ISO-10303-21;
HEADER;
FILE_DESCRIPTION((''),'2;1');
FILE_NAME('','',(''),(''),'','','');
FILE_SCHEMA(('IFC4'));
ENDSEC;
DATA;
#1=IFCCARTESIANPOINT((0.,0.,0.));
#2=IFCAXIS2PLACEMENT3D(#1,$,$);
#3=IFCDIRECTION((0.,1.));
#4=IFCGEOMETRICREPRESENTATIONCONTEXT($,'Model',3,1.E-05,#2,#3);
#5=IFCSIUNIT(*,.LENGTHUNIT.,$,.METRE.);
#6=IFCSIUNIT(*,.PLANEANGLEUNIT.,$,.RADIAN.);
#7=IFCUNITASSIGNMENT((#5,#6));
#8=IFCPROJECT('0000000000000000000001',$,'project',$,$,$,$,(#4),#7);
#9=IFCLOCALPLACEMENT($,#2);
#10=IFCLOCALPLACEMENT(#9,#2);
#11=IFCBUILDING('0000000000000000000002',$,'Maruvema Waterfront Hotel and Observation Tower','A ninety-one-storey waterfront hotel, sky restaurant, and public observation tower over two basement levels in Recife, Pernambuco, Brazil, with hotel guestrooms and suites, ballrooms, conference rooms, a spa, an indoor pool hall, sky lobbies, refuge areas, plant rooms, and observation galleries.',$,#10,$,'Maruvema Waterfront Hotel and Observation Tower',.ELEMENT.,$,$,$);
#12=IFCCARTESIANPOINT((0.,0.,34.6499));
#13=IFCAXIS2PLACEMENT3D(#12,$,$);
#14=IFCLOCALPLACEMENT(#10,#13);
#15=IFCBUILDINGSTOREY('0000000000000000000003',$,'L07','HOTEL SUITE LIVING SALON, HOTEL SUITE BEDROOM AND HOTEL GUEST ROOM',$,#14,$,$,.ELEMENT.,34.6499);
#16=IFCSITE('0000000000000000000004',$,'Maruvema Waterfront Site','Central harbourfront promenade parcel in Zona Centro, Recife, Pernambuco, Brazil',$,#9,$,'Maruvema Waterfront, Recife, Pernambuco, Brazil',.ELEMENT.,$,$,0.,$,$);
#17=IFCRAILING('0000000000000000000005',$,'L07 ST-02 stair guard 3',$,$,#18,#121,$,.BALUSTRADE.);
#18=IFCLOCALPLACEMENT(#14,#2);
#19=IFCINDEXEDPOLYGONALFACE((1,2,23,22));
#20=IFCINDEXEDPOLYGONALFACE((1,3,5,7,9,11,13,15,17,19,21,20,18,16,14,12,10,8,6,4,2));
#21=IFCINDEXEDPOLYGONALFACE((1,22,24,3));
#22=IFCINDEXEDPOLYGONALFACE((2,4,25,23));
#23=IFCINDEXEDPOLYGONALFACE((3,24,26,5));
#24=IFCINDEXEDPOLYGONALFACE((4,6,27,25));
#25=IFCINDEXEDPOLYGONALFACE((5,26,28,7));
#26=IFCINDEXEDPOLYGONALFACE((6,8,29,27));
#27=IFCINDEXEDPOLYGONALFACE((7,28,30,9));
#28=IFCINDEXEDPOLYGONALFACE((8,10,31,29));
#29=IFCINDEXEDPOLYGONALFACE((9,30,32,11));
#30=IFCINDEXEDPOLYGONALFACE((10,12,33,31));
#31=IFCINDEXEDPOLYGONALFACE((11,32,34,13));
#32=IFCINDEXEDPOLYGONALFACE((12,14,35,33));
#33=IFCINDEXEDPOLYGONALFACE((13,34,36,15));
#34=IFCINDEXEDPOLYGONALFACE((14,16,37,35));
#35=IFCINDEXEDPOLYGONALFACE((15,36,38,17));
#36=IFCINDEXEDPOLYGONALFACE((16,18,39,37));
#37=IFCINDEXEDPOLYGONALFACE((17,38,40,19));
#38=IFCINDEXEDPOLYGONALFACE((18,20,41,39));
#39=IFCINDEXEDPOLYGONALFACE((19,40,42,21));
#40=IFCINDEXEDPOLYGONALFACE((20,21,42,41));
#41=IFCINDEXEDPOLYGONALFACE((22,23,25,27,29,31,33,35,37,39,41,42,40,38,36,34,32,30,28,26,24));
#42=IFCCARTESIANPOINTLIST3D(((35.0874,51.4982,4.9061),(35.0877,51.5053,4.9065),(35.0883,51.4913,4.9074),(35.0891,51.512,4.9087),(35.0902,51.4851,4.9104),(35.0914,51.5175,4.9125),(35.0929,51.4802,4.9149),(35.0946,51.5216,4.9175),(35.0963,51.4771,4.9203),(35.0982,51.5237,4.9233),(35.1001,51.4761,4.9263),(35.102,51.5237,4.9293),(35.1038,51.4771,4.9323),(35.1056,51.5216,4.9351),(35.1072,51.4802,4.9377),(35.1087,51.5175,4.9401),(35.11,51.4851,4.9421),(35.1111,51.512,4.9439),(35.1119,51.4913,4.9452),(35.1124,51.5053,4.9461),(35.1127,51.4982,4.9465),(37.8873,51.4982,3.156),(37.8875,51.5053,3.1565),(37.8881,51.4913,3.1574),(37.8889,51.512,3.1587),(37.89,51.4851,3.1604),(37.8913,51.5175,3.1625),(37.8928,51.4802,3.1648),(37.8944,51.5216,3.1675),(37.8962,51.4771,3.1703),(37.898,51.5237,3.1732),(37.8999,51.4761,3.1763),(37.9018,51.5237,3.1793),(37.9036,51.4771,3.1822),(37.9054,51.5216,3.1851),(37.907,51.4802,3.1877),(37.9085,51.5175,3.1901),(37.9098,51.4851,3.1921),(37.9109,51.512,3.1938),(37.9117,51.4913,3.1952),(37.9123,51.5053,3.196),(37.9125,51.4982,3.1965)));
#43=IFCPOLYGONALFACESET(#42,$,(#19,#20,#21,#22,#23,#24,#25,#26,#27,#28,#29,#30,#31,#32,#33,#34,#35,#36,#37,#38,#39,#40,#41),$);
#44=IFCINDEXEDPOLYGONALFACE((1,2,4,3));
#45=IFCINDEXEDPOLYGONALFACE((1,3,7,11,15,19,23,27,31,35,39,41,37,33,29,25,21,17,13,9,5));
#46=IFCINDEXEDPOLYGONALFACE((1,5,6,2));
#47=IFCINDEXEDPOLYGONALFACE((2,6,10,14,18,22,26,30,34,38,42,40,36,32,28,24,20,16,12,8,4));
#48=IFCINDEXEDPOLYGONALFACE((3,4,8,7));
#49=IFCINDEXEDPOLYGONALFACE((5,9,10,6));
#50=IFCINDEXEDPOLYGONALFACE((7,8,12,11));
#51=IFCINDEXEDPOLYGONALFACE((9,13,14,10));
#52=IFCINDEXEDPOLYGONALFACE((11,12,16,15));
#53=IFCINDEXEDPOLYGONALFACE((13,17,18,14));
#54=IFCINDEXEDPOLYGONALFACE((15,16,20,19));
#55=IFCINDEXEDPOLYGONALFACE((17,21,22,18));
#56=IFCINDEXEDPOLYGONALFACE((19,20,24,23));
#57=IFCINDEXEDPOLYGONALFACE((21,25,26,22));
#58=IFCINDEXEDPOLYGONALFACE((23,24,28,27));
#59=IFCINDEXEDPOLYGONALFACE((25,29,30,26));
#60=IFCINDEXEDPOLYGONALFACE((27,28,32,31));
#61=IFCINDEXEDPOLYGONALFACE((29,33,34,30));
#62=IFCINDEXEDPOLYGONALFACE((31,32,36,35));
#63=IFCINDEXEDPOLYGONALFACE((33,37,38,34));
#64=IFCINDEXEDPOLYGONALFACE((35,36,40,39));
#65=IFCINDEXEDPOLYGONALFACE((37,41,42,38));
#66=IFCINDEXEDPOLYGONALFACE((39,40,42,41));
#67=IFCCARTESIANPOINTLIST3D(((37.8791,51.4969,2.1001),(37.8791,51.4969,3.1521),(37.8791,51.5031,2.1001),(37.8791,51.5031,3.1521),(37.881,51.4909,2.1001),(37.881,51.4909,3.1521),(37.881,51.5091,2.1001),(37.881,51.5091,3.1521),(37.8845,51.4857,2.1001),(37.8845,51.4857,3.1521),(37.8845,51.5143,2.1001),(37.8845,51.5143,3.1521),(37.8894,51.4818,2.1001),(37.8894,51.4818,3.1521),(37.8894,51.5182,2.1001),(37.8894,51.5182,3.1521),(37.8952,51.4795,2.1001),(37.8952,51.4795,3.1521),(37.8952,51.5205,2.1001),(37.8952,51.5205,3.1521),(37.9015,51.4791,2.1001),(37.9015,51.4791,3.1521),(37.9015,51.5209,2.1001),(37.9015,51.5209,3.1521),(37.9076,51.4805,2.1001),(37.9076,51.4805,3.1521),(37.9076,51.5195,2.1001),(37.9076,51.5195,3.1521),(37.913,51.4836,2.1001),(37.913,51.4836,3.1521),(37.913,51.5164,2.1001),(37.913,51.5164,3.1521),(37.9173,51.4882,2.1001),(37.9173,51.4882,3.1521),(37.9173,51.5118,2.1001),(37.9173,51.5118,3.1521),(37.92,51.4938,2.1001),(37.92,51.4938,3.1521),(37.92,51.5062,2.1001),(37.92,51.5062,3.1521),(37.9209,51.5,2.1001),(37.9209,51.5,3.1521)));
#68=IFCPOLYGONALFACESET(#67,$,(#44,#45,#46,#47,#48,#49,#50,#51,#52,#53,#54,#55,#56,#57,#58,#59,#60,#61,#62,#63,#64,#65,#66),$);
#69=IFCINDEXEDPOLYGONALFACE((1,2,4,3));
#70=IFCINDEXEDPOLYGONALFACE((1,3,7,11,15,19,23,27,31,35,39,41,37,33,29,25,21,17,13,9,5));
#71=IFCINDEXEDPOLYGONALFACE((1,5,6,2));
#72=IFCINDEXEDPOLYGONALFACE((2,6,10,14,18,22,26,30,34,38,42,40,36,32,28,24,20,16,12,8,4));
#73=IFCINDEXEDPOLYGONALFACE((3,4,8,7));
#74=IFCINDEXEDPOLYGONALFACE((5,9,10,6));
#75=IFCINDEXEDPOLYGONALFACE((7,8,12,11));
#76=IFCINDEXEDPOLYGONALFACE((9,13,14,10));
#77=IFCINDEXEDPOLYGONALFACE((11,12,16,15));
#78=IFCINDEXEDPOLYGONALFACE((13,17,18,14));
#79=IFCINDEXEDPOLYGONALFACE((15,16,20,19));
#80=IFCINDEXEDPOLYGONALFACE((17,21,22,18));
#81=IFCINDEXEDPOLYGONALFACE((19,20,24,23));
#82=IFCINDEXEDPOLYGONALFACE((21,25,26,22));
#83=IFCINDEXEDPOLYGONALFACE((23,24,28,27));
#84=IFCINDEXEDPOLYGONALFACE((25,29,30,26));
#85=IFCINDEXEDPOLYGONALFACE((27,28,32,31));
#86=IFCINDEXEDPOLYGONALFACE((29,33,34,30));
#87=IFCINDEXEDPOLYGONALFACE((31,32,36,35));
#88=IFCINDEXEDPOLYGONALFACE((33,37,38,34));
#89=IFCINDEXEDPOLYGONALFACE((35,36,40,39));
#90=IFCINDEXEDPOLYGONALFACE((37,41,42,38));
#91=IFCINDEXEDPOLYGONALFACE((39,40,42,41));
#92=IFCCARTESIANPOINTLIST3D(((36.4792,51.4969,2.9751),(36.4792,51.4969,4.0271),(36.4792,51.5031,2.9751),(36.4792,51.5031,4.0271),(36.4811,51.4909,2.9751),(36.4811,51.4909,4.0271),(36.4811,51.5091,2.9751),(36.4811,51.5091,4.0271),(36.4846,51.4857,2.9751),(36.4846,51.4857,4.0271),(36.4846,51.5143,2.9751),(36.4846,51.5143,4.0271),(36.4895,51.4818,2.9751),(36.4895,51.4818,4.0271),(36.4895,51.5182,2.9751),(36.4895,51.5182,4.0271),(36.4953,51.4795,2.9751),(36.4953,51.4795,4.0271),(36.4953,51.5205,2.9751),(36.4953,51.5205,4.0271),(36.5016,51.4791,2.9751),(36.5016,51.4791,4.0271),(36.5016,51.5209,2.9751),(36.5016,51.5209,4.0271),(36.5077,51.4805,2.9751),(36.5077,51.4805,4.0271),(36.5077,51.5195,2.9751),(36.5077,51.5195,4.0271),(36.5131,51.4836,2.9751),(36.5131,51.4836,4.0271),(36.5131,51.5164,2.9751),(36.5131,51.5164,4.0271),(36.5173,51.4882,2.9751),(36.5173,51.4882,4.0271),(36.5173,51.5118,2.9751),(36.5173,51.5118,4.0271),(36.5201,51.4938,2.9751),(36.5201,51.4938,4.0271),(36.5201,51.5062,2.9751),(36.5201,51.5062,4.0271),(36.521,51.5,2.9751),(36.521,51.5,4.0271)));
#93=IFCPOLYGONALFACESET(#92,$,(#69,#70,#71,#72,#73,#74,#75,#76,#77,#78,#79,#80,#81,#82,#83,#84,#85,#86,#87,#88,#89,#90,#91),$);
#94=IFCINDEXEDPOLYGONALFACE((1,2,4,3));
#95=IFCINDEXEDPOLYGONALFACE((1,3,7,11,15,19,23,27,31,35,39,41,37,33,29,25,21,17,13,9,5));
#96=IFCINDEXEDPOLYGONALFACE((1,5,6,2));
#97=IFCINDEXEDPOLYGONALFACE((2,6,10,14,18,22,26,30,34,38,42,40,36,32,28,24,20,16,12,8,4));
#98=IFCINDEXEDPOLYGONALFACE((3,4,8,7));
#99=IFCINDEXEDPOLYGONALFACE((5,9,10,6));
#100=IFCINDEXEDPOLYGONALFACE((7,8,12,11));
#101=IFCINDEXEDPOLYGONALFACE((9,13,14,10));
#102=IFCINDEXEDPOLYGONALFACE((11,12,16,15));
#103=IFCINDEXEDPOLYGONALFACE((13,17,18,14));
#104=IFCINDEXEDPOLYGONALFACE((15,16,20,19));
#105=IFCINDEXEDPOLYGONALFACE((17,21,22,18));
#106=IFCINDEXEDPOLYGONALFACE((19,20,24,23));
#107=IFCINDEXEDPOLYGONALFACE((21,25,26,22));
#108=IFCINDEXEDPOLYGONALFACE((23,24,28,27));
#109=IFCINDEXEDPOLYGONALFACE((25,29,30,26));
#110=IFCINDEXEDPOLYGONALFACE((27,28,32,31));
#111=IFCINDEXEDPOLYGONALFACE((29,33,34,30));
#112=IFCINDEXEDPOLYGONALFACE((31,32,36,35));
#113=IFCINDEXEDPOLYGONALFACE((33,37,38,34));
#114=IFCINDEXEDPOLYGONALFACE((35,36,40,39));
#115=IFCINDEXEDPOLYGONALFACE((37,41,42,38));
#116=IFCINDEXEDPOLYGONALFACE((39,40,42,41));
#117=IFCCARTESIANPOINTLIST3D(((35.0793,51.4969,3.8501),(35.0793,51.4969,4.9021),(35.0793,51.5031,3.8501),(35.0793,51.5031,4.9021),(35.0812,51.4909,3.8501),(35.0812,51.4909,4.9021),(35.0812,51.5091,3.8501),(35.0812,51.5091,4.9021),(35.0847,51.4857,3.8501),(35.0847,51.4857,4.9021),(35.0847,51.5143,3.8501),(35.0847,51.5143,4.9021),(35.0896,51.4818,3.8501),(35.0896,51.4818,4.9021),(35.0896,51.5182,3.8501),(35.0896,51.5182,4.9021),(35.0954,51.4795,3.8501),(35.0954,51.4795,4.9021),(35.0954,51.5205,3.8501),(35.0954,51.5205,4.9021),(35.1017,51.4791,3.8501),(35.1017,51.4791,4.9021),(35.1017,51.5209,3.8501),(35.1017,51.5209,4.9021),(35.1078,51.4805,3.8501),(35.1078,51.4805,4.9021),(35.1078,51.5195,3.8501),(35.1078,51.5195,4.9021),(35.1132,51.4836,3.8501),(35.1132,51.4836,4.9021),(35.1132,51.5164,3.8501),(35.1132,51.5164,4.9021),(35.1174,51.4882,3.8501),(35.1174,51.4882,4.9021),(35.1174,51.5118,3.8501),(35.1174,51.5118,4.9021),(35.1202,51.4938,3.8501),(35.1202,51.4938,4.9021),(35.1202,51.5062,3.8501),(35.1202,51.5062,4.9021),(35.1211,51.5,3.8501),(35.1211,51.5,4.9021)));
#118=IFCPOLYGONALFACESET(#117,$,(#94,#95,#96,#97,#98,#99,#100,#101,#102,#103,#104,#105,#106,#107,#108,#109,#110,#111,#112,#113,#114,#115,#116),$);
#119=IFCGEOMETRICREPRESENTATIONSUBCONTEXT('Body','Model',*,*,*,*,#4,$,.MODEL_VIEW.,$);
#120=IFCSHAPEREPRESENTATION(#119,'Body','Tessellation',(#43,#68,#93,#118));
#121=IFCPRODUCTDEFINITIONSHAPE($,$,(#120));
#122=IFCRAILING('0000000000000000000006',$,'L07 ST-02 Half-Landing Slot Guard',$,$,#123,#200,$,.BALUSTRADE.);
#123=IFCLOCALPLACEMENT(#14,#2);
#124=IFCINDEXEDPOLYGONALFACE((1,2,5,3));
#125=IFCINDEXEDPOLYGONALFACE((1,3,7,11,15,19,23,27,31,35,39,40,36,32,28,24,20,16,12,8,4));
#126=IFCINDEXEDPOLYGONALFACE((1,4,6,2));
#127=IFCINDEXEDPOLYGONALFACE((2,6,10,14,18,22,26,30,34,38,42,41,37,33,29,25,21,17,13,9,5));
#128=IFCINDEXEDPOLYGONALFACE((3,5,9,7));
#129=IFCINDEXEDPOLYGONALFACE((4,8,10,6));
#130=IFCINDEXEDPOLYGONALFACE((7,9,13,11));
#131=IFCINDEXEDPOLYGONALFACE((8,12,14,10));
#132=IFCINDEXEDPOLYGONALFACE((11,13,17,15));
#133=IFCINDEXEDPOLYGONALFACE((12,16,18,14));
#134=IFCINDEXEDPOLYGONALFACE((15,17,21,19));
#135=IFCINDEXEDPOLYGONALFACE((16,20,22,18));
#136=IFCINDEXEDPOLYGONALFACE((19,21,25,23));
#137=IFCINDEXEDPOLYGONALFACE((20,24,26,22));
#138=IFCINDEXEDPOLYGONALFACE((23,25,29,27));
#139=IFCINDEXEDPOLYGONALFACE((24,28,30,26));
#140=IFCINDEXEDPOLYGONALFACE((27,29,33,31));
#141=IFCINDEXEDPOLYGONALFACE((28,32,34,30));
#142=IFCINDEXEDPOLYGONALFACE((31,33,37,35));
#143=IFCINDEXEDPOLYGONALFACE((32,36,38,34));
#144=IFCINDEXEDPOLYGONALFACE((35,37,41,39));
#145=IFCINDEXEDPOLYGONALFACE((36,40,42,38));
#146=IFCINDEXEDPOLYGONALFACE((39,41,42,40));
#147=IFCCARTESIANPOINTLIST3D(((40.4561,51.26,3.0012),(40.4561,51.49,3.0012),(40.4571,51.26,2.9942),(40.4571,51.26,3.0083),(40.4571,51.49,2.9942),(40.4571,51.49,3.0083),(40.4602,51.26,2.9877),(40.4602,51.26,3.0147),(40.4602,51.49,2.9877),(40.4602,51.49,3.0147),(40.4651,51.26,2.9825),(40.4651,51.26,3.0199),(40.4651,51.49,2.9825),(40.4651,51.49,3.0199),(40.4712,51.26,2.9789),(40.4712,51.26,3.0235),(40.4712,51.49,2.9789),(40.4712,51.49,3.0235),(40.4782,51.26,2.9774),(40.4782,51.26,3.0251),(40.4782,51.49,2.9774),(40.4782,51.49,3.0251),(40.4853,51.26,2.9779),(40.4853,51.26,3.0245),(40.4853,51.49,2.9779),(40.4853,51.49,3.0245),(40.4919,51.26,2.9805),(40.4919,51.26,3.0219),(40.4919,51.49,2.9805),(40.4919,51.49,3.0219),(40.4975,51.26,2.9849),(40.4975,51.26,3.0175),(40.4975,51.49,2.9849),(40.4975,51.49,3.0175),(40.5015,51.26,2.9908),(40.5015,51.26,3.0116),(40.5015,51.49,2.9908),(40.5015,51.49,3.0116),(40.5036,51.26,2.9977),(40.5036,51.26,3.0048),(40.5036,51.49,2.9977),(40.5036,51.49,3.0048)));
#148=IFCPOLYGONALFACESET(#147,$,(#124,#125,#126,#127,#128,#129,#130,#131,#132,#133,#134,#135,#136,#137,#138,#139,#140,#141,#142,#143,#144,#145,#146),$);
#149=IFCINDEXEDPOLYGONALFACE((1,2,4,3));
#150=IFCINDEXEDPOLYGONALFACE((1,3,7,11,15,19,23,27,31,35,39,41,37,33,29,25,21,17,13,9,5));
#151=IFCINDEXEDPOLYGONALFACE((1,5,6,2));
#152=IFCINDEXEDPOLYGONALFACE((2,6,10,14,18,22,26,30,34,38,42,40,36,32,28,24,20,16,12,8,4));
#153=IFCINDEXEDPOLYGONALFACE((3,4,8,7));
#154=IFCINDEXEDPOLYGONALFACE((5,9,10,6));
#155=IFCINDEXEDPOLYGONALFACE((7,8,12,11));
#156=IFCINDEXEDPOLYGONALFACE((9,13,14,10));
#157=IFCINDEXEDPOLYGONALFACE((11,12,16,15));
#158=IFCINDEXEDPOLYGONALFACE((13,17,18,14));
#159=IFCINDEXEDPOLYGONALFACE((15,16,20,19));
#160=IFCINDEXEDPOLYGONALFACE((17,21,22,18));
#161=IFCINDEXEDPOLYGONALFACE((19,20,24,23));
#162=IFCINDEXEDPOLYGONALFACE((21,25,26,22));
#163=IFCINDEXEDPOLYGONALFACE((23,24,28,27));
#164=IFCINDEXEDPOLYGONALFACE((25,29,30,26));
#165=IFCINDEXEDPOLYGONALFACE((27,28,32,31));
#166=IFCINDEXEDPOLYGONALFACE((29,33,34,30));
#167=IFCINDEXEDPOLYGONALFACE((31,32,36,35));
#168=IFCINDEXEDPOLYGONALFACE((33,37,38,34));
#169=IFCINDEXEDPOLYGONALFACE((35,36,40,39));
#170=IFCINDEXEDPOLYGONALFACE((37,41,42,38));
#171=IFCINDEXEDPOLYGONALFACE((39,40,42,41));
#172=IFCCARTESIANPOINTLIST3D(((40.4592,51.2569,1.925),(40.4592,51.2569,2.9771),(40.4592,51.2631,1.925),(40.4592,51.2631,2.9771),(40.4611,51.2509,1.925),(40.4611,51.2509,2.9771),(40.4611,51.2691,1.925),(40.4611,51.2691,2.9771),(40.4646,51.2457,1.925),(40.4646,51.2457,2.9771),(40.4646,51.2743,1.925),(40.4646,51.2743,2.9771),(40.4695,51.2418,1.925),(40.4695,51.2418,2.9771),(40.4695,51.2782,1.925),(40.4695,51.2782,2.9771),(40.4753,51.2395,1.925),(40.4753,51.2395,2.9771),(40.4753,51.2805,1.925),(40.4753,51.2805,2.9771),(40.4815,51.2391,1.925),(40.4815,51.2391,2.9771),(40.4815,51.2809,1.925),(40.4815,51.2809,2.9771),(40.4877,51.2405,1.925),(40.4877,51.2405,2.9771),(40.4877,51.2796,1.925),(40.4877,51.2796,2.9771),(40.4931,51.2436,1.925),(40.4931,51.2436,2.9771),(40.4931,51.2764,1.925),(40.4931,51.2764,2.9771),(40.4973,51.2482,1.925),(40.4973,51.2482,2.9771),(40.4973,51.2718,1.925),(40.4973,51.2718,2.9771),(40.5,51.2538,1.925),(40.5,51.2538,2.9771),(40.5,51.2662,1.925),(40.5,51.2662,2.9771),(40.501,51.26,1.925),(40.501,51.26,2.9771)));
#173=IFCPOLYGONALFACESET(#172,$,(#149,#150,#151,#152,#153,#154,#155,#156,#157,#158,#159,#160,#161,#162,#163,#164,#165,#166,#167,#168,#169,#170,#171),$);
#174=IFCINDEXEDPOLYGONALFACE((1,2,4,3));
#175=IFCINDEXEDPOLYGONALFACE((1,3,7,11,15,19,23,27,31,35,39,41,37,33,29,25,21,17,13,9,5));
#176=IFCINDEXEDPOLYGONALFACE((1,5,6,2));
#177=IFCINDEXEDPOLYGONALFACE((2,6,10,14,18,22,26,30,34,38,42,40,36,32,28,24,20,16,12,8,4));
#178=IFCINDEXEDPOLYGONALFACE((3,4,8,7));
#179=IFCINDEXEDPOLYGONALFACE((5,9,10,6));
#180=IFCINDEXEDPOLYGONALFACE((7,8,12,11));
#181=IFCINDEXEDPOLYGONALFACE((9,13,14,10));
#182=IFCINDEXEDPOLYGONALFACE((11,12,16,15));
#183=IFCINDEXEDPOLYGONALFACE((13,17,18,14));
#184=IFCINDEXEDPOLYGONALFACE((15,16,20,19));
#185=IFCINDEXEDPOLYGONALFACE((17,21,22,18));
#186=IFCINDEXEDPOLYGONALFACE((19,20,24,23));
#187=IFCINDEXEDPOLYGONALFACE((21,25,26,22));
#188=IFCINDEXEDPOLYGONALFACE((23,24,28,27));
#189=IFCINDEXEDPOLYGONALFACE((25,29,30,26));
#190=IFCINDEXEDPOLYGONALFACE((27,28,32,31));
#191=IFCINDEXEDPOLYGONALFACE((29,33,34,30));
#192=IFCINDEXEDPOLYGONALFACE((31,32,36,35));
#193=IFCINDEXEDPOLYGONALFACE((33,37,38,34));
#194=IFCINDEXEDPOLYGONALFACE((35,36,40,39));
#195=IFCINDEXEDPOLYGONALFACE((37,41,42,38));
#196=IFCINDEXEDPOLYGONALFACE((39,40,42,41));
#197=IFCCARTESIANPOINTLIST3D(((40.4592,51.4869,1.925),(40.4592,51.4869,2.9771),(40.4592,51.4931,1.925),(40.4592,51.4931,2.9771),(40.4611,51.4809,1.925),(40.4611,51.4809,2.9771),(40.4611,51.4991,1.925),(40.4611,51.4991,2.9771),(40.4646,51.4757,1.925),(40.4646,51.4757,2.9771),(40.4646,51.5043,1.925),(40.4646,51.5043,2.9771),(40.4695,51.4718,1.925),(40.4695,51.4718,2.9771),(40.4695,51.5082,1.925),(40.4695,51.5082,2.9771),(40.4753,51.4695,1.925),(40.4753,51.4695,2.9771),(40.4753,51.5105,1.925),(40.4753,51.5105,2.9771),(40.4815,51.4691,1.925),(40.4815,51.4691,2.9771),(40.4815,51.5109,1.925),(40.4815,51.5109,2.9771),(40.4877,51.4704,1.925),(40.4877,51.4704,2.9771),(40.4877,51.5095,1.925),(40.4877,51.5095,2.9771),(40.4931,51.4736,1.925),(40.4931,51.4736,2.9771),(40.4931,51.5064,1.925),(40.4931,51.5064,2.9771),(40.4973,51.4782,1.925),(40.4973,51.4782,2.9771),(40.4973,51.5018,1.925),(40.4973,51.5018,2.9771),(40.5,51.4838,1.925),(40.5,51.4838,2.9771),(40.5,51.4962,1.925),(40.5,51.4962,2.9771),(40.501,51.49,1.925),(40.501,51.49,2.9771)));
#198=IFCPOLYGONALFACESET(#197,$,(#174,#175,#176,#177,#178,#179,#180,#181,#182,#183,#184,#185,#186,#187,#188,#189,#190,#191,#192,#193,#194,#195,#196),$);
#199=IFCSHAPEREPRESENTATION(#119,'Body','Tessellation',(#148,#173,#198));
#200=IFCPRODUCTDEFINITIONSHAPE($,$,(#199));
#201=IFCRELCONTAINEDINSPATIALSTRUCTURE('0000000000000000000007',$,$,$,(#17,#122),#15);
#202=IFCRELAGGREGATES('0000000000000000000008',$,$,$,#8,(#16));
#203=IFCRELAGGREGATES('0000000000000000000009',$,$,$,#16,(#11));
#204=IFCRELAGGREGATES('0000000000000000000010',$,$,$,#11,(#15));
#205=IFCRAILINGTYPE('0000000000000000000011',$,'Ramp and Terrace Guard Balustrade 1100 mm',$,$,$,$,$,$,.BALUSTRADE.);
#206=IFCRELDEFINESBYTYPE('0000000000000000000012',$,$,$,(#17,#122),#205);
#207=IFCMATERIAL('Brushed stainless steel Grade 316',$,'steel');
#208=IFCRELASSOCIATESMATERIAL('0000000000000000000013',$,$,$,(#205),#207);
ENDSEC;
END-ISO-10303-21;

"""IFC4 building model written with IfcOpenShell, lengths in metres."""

from ifc_helpers import new_model, si_unit, direction, frame, origin, origin_2d, place, context, subcontext, project, spatial, circle, extrude, material, type_object, element, save


model = new_model("IFC4")

# Units and contexts
model_context = context("Model", 3, precision=1e-05, world=origin(), true_north=direction((0.0, 1.0)))
body_context = subcontext(model_context, "Body", "Model", "MODEL_VIEW")
ifc_project = project(units=[si_unit("LENGTHUNIT", "METRE"), si_unit("PLANEANGLEUNIT", "RADIAN")], contexts=[model_context])

# Site, building, storey
site_placement = place(None, origin())
site = spatial("IfcSite", under=ifc_project, at=site_placement, Name="Maruvema Waterfront Site", Description="Central harbourfront promenade parcel in Zona Centro, Recife, Pernambuco, Brazil", LongName="Maruvema Waterfront, Recife, Pernambuco, Brazil", CompositionType="ELEMENT", RefElevation=0.0)
building_placement = place(site_placement, origin())
building = spatial("IfcBuilding", under=site, at=building_placement, Name="Maruvema Waterfront Hotel and Observation Tower", Description="A ninety-one-storey waterfront hotel, sky restaurant, and public observation tower over two basement levels in Recife, Pernambuco, Brazil, with hotel guestrooms and suites, ballrooms, conference rooms, a spa, an indoor pool hall, sky lobbies, refuge areas, plant rooms, and observation galleries.", LongName="Maruvema Waterfront Hotel and Observation Tower", CompositionType="ELEMENT")
storey_placement = place(building_placement, frame((0.0, 0.0, 34.6499)))
storey = spatial("IfcBuildingStorey", under=building, at=storey_placement, Name="L07", Description="HOTEL SUITE LIVING SALON, HOTEL SUITE BEDROOM AND HOTEL GUEST ROOM", CompositionType="ELEMENT", Elevation=34.6499)

# Railings
ifc_material_1 = material(Name="Brushed stainless steel Grade 316", Category="steel")
railing_type_1 = type_object("IfcRailingType", Name="Ramp and Terrace Guard Balustrade 1100 mm", PredefinedType="BALUSTRADE", material=ifc_material_1)
railing_1_placement = place(storey_placement, frame((37.8999, 51.5, 2.1001)))
element("IfcRailing", 1, at=railing_1_placement, inside=storey, type_object=railing_type_1, Name="L07 ST-02 stair guard 3", PredefinedType="BALUSTRADE", context=body_context, shape_type="SweptSolid", body=[
    extrude(circle(Radius=0.0239, at=origin_2d()), frame((0.0, 0.0, 1.0762), z_axis=(-0.847982, 0.0, 0.530026), x_axis=(0.0, -1.0, 0.0)), (0.0, 0.0, 1.0), 3.3018),
    extrude(circle(Radius=0.021, at=origin_2d()), origin(), (0.0, 0.0, 1.0), 1.052),
    extrude(circle(Radius=0.021, at=origin_2d()), frame((-1.3999, 0.0, 0.875)), (0.0, 0.0, 1.0), 1.052),
    extrude(circle(Radius=0.021, at=origin_2d()), frame((-2.7998, 0.0, 1.75)), (0.0, 0.0, 1.0), 1.052),
])
railing_2_placement = place(storey_placement, frame((40.48, 51.26, 1.925)))
element("IfcRailing", 2, at=railing_2_placement, inside=storey, type_object=railing_type_1, Name="L07 ST-02 Half-Landing Slot Guard", PredefinedType="BALUSTRADE", context=body_context, shape_type="SweptSolid", body=[
    extrude(circle(Radius=0.0239, at=origin_2d()), frame((0.0, 0.0, 1.0762), z_axis=(0.0, 1.0, 0.0), x_axis=(-1.0, 0.0, 0.0)), (0.0, 0.0, 1.0), 0.23),
    extrude(circle(Radius=0.021, at=origin_2d()), origin(), (0.0, 0.0, 1.0), 1.052),
    extrude(circle(Radius=0.021, at=origin_2d()), frame((0.0, 0.23, 0.0)), (0.0, 0.0, 1.0), 1.052),
])

save(model, "model.ifc")
